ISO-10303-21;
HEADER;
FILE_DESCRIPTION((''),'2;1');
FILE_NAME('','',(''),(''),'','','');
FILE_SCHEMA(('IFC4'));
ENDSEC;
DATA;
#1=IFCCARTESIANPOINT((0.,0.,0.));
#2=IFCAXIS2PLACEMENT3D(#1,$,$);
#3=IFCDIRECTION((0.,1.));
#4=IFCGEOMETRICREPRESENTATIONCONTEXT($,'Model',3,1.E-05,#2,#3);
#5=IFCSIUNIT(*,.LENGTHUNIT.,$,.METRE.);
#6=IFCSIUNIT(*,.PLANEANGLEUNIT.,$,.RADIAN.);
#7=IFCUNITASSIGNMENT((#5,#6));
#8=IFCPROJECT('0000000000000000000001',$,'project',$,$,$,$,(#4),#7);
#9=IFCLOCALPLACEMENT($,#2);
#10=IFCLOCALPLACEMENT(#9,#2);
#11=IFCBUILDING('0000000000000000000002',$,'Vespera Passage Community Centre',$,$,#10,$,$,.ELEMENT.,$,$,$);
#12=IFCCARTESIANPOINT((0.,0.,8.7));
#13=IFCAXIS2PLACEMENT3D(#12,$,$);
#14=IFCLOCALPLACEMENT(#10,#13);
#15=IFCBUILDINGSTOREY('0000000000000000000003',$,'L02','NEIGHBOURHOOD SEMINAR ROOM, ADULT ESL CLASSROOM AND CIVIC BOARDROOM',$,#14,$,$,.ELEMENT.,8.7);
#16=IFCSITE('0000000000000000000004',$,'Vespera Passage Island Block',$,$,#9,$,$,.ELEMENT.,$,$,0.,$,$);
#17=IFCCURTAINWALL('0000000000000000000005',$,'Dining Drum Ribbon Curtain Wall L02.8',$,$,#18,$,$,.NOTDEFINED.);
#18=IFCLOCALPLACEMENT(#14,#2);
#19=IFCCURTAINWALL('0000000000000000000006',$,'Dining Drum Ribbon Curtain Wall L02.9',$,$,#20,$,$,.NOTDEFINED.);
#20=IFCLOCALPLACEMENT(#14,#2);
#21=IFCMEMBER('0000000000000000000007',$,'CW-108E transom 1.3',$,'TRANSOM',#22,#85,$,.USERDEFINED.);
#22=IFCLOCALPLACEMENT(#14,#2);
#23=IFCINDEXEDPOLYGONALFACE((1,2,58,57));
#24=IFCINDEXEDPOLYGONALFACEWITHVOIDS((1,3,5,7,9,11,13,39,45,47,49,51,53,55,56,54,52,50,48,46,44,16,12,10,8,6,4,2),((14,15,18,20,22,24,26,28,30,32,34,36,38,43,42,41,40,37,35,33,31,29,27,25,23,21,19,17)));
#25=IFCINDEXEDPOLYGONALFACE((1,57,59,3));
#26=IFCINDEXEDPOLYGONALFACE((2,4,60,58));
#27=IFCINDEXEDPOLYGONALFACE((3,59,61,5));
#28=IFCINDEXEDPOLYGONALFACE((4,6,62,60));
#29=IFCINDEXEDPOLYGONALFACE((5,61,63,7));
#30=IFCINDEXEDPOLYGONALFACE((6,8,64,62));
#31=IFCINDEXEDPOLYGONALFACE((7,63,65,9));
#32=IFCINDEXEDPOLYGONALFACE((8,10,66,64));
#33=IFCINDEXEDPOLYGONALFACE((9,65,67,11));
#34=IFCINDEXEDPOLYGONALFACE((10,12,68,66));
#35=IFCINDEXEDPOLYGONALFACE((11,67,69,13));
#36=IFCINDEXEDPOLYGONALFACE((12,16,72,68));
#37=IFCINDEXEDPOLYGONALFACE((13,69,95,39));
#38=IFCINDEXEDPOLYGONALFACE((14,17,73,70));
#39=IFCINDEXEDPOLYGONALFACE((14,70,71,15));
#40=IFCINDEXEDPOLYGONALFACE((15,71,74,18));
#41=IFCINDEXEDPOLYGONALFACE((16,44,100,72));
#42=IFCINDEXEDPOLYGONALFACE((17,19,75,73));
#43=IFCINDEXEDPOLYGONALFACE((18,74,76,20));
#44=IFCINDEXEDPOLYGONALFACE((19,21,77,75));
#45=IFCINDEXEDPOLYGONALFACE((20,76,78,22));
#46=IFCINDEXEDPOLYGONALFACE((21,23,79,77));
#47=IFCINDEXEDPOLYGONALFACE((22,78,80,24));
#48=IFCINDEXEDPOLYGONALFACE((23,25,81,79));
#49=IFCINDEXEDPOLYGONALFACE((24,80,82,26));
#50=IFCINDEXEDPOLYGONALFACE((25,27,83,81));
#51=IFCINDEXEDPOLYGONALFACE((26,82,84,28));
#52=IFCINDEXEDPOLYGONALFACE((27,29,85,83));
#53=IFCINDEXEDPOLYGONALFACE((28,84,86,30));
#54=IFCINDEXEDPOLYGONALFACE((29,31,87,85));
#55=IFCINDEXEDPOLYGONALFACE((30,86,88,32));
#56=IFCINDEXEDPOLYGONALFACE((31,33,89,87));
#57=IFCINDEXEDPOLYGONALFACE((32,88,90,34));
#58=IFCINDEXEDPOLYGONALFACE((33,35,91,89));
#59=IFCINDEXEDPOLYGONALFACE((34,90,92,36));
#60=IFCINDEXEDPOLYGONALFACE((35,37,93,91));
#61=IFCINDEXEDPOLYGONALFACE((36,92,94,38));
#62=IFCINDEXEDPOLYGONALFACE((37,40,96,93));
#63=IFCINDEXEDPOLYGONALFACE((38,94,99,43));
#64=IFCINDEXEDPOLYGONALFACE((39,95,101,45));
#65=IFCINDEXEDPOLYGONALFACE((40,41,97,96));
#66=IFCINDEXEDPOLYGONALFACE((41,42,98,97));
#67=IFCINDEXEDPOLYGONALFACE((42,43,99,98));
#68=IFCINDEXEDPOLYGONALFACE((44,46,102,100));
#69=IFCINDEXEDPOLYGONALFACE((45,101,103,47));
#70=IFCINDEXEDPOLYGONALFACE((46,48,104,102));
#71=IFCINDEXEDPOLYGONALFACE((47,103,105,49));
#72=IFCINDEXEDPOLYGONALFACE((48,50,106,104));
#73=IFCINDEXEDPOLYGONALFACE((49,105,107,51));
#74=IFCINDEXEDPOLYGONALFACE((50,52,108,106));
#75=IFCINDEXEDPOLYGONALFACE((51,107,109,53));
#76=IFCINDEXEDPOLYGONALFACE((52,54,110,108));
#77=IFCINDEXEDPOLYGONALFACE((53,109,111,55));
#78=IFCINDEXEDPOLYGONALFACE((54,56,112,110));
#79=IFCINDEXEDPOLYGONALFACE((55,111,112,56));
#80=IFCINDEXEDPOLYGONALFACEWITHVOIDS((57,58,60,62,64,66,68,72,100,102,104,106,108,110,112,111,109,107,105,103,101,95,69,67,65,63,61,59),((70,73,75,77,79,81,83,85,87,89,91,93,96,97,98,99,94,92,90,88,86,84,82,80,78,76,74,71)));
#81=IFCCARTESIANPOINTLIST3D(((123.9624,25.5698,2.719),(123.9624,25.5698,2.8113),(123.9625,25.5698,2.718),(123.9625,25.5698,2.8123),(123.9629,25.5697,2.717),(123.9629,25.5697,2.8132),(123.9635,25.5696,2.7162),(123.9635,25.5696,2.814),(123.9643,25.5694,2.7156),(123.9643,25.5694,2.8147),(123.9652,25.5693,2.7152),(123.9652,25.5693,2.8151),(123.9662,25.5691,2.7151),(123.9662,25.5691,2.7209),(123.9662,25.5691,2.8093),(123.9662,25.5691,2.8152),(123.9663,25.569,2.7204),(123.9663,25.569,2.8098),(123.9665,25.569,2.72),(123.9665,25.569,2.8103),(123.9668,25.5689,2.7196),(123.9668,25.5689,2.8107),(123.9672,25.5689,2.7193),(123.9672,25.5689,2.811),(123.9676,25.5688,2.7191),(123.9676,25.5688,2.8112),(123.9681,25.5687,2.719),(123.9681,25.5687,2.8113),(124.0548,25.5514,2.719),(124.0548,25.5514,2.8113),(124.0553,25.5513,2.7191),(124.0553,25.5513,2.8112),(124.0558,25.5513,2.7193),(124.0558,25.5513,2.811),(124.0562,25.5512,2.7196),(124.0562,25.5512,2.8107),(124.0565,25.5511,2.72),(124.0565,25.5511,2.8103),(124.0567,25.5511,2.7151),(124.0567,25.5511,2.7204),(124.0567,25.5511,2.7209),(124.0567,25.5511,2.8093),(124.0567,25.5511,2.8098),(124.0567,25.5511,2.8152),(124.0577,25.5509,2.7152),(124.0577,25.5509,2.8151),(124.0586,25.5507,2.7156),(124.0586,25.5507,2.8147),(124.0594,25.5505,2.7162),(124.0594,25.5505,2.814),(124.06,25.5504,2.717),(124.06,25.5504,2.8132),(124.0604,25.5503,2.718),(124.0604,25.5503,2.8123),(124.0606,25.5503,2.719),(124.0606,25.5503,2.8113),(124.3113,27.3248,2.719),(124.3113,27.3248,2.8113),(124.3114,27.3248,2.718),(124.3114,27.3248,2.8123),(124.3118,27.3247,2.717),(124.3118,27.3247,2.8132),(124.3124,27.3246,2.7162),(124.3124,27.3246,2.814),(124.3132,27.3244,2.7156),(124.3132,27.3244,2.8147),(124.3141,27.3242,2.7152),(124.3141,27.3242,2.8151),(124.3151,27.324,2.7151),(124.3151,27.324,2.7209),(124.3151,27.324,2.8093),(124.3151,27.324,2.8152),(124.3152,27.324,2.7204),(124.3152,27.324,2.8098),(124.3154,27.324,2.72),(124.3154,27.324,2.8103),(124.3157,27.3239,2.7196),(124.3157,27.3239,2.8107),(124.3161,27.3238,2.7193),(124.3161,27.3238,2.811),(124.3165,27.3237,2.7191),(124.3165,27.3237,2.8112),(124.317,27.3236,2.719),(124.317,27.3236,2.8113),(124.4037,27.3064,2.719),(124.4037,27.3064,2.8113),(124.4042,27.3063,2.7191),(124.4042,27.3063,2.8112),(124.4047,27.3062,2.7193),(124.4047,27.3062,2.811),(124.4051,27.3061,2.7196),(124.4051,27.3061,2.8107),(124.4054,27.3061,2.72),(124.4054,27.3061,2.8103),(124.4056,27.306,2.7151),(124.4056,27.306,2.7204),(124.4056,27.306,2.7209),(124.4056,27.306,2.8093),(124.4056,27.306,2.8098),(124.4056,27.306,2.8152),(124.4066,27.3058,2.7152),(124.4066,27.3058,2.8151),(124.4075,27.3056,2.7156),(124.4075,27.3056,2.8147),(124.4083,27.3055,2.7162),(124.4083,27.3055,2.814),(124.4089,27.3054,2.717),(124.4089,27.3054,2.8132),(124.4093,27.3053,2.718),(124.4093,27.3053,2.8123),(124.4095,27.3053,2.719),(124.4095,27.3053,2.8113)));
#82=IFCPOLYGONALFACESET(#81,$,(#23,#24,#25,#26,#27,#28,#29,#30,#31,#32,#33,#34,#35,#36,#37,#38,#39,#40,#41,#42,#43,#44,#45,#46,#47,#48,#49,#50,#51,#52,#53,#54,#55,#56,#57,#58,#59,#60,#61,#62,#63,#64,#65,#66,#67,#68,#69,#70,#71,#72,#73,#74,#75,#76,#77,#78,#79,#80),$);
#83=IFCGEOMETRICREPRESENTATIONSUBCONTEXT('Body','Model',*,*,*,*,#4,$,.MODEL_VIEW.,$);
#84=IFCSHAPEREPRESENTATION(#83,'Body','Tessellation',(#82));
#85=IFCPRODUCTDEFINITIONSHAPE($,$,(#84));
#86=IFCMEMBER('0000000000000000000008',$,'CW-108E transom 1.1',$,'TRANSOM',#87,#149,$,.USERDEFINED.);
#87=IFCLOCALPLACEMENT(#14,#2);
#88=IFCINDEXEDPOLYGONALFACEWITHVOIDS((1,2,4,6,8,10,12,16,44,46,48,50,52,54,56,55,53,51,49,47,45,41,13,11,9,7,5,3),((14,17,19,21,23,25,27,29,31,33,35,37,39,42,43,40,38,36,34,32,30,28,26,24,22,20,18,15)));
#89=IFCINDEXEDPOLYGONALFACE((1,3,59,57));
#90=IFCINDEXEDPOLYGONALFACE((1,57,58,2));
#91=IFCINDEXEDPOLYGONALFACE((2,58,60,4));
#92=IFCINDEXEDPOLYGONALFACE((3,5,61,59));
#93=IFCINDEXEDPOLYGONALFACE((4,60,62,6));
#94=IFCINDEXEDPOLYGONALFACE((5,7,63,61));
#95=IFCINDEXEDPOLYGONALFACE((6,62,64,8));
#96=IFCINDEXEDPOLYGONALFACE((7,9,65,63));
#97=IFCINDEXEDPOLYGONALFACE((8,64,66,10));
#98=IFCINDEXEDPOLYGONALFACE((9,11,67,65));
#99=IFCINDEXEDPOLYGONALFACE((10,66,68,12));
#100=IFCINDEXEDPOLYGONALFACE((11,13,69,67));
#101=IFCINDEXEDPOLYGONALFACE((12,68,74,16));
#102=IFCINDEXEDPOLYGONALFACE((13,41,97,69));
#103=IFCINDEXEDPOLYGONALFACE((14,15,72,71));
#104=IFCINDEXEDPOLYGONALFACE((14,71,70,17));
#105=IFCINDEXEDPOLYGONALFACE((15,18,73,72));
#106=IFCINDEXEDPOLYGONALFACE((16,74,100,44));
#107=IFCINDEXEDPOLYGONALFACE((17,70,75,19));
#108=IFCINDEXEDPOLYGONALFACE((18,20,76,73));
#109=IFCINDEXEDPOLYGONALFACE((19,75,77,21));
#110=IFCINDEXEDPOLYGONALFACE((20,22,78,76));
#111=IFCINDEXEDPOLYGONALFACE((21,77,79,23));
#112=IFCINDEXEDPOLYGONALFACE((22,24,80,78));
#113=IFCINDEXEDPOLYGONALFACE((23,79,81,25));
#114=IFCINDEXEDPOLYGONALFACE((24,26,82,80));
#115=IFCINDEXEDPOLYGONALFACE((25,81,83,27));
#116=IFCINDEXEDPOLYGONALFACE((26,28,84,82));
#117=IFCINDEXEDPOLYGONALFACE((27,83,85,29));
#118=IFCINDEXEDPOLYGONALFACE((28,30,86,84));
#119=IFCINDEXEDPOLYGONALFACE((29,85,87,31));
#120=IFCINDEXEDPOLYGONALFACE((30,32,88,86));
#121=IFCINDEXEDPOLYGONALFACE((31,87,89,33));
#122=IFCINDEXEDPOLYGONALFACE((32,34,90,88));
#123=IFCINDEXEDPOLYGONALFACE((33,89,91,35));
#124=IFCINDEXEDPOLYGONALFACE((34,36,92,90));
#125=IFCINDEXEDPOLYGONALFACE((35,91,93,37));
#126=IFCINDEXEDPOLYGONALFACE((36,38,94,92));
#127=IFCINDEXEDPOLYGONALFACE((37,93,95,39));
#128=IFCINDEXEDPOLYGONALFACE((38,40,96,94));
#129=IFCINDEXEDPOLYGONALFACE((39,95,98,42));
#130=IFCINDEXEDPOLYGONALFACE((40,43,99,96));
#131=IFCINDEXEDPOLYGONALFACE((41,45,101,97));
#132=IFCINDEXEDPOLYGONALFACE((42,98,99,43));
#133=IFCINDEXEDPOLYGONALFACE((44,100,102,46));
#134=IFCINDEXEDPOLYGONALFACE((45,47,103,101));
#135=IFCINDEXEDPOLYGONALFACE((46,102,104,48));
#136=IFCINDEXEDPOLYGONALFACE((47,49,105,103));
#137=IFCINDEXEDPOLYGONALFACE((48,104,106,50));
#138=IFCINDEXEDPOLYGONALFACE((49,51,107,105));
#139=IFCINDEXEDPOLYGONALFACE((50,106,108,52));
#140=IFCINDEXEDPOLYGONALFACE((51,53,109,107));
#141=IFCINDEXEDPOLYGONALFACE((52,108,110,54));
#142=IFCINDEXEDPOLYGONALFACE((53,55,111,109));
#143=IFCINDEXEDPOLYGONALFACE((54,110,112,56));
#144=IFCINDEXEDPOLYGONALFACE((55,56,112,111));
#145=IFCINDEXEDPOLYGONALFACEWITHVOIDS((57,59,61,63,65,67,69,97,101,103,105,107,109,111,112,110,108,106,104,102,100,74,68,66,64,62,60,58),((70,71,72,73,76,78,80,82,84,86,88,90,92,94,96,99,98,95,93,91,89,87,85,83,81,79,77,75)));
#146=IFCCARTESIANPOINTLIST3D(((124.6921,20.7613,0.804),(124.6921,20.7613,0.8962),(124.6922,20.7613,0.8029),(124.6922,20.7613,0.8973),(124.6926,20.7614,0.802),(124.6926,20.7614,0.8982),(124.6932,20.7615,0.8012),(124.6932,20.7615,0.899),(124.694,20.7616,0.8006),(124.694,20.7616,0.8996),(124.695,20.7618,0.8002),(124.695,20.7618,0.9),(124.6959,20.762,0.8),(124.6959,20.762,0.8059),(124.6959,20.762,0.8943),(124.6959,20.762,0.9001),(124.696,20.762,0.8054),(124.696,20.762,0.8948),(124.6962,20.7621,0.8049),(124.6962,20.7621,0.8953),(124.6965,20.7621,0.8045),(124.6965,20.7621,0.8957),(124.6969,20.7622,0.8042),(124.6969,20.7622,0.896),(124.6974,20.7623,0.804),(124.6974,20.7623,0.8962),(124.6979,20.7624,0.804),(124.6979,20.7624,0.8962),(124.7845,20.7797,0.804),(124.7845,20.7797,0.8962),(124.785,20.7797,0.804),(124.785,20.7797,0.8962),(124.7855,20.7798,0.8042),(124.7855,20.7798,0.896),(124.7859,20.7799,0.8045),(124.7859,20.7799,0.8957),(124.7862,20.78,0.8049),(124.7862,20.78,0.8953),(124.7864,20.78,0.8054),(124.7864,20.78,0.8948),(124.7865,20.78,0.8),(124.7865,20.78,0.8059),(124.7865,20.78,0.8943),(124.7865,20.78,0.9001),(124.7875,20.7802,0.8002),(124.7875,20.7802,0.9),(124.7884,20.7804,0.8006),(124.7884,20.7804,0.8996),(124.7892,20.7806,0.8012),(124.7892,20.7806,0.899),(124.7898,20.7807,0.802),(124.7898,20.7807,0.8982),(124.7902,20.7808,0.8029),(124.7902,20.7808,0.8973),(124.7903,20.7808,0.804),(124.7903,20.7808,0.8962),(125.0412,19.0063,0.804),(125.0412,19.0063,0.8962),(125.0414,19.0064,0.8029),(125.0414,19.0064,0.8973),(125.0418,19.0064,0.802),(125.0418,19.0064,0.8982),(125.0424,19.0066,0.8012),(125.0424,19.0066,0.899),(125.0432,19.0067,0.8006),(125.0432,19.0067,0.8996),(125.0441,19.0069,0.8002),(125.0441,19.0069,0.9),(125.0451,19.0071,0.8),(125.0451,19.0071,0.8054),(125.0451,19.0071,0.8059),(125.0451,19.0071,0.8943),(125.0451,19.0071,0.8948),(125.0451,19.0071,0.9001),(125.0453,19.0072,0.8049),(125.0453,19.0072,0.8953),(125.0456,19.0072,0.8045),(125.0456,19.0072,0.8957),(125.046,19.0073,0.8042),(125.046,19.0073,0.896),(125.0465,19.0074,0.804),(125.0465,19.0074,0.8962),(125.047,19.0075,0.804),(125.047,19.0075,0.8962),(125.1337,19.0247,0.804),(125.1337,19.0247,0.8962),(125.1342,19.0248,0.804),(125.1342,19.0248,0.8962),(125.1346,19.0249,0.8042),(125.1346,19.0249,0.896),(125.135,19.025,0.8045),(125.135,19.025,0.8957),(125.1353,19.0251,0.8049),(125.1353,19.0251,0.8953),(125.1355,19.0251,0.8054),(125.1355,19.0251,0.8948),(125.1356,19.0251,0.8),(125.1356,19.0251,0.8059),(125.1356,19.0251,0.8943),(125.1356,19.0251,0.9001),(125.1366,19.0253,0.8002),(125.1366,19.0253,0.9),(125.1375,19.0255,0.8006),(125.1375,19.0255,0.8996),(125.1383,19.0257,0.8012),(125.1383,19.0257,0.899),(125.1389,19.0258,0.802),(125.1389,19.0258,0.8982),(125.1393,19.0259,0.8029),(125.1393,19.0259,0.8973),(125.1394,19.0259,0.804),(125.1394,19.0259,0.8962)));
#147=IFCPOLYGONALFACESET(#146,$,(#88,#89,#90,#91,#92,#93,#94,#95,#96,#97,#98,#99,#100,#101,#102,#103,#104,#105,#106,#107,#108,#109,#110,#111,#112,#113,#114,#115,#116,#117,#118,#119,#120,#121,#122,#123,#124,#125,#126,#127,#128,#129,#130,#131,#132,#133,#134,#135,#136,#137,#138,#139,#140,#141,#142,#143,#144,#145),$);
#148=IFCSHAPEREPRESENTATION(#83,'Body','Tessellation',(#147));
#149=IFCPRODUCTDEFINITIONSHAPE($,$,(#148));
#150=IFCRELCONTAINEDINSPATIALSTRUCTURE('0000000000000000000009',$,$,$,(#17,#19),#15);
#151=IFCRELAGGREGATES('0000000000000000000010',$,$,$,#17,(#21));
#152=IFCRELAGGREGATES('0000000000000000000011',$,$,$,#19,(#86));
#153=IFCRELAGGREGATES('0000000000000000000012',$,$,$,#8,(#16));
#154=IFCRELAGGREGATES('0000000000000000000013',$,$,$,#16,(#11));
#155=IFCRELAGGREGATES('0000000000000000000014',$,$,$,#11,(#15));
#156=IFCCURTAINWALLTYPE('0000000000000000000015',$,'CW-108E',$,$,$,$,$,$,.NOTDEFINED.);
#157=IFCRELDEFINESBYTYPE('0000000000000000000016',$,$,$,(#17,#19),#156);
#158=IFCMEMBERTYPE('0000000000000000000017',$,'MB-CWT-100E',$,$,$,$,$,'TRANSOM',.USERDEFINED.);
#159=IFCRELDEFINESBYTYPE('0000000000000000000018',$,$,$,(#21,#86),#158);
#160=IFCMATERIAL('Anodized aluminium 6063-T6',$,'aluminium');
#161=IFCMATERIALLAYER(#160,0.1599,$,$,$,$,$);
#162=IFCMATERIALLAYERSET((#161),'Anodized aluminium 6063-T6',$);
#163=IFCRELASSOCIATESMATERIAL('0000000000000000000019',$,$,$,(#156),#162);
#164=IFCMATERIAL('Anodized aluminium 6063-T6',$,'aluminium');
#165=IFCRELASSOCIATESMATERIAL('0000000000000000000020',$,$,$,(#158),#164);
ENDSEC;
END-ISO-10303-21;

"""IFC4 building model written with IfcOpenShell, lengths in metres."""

from ifc_helpers import new_model, si_unit, direction, frame, origin, origin_2d, place, context, subcontext, project, spatial, hollow_rectangle, extrude, material, layer, layer_set, material_profile, profile_set, type_object, element, aggregate, save


model = new_model("IFC4")

# Units and contexts
model_context = context("Model", 3, precision=1e-05, world=origin(), true_north=direction((0.0, 1.0)))
body_context = subcontext(model_context, "Body", "Model", "MODEL_VIEW")
ifc_project = project(units=[si_unit("LENGTHUNIT", "METRE"), si_unit("PLANEANGLEUNIT", "RADIAN")], contexts=[model_context])

# Site, building, storey
site_placement = place(None, origin())
site = spatial("IfcSite", under=ifc_project, at=site_placement, Name="Vespera Passage Island Block", CompositionType="ELEMENT", RefElevation=0.0)
building_placement = place(site_placement, origin())
building = spatial("IfcBuilding", under=site, at=building_placement, Name="Vespera Passage Community Centre", CompositionType="ELEMENT")
storey_placement = place(building_placement, frame((0.0, 0.0, 8.7)))
storey = spatial("IfcBuildingStorey", under=building, at=storey_placement, Name="L02", Description="NEIGHBOURHOOD SEMINAR ROOM, ADULT ESL CLASSROOM AND CIVIC BOARDROOM", CompositionType="ELEMENT", Elevation=8.7)

# Curtain wall
ifc_material_1 = material(Name="Anodized aluminium 6063-T6", Category="aluminium")
ifc_layer_1 = layer(ifc_material_1, 0.1599)
ifc_layer_set_1 = layer_set([ifc_layer_1], Name="Anodized aluminium 6063-T6")
curtain_wall_type_1 = type_object("IfcCurtainWallType", Name="CW-108E", PredefinedType="NOTDEFINED", material=ifc_layer_set_1)
curtain_wall_1_placement = place(storey_placement, origin())
curtain_wall_1 = element("IfcCurtainWall", 1, at=curtain_wall_1_placement, inside=storey, type_object=curtain_wall_type_1, Name="Dining Drum Ribbon Curtain Wall L02.8", PredefinedType="NOTDEFINED")

# Curtain wall
curtain_wall_2_placement = place(storey_placement, origin())
curtain_wall_2 = element("IfcCurtainWall", 2, at=curtain_wall_2_placement, inside=storey, type_object=curtain_wall_type_1, Name="Dining Drum Ribbon Curtain Wall L02.9", PredefinedType="NOTDEFINED")

# Members
ifc_material_2 = material(Name="Anodized aluminium 6063-T6", Category="aluminium")
ifc_material_profile_1 = material_profile(ifc_material_2, hollow_rectangle(XDim=0.1001, YDim=0.1001, WallThickness=0.0039, InnerFilletRadius=0.002, OuterFilletRadius=0.0039, at=origin_2d()), Name="ALU100X100X4")
ifc_profile_set_1 = profile_set([ifc_material_profile_1], Name="Anodized aluminium 6063-T6")
member_type_1 = type_object("IfcMemberType", Name="MB-CWT-100E", ElementType="TRANSOM", PredefinedType="USERDEFINED", material=ifc_profile_set_1)
member_1_placement = place(storey_placement, frame((124.0115, 25.5601, 2.7651), z_axis=(0.194988, 0.980806, 0.0), x_axis=(-0.980806, 0.194988, 0.0)))
member_1 = element("IfcMember", 3, at=member_1_placement, type_object=member_type_1, Name="CW-108E transom 1.3", ObjectType="TRANSOM", PredefinedType="USERDEFINED", context=body_context, shape_type="SweptSolid", body=[
    extrude(hollow_rectangle(XDim=0.1001, YDim=0.1001, WallThickness=0.0039, InnerFilletRadius=0.002, OuterFilletRadius=0.0039, at=origin_2d()), origin(), (0.0, 0.0, 1.0), 1.7893),
])
member_2_placement = place(storey_placement, frame((125.0903, 19.0161, 0.8501), z_axis=(-0.195119, 0.98078, 0.0), x_axis=(-0.98078, -0.195119, 0.0)))
member_2 = element("IfcMember", 4, at=member_2_placement, type_object=member_type_1, Name="CW-108E transom 1.1", ObjectType="TRANSOM", PredefinedType="USERDEFINED", context=body_context, shape_type="SweptSolid", body=[
    extrude(hollow_rectangle(XDim=0.1001, YDim=0.1001, WallThickness=0.0039, InnerFilletRadius=0.002, OuterFilletRadius=0.0039, at=origin_2d()), origin(), (0.0, 0.0, 1.0), 1.7893),
])

aggregate(curtain_wall_1, [member_1])
aggregate(curtain_wall_2, [member_2])

save(model, "model.ifc")
